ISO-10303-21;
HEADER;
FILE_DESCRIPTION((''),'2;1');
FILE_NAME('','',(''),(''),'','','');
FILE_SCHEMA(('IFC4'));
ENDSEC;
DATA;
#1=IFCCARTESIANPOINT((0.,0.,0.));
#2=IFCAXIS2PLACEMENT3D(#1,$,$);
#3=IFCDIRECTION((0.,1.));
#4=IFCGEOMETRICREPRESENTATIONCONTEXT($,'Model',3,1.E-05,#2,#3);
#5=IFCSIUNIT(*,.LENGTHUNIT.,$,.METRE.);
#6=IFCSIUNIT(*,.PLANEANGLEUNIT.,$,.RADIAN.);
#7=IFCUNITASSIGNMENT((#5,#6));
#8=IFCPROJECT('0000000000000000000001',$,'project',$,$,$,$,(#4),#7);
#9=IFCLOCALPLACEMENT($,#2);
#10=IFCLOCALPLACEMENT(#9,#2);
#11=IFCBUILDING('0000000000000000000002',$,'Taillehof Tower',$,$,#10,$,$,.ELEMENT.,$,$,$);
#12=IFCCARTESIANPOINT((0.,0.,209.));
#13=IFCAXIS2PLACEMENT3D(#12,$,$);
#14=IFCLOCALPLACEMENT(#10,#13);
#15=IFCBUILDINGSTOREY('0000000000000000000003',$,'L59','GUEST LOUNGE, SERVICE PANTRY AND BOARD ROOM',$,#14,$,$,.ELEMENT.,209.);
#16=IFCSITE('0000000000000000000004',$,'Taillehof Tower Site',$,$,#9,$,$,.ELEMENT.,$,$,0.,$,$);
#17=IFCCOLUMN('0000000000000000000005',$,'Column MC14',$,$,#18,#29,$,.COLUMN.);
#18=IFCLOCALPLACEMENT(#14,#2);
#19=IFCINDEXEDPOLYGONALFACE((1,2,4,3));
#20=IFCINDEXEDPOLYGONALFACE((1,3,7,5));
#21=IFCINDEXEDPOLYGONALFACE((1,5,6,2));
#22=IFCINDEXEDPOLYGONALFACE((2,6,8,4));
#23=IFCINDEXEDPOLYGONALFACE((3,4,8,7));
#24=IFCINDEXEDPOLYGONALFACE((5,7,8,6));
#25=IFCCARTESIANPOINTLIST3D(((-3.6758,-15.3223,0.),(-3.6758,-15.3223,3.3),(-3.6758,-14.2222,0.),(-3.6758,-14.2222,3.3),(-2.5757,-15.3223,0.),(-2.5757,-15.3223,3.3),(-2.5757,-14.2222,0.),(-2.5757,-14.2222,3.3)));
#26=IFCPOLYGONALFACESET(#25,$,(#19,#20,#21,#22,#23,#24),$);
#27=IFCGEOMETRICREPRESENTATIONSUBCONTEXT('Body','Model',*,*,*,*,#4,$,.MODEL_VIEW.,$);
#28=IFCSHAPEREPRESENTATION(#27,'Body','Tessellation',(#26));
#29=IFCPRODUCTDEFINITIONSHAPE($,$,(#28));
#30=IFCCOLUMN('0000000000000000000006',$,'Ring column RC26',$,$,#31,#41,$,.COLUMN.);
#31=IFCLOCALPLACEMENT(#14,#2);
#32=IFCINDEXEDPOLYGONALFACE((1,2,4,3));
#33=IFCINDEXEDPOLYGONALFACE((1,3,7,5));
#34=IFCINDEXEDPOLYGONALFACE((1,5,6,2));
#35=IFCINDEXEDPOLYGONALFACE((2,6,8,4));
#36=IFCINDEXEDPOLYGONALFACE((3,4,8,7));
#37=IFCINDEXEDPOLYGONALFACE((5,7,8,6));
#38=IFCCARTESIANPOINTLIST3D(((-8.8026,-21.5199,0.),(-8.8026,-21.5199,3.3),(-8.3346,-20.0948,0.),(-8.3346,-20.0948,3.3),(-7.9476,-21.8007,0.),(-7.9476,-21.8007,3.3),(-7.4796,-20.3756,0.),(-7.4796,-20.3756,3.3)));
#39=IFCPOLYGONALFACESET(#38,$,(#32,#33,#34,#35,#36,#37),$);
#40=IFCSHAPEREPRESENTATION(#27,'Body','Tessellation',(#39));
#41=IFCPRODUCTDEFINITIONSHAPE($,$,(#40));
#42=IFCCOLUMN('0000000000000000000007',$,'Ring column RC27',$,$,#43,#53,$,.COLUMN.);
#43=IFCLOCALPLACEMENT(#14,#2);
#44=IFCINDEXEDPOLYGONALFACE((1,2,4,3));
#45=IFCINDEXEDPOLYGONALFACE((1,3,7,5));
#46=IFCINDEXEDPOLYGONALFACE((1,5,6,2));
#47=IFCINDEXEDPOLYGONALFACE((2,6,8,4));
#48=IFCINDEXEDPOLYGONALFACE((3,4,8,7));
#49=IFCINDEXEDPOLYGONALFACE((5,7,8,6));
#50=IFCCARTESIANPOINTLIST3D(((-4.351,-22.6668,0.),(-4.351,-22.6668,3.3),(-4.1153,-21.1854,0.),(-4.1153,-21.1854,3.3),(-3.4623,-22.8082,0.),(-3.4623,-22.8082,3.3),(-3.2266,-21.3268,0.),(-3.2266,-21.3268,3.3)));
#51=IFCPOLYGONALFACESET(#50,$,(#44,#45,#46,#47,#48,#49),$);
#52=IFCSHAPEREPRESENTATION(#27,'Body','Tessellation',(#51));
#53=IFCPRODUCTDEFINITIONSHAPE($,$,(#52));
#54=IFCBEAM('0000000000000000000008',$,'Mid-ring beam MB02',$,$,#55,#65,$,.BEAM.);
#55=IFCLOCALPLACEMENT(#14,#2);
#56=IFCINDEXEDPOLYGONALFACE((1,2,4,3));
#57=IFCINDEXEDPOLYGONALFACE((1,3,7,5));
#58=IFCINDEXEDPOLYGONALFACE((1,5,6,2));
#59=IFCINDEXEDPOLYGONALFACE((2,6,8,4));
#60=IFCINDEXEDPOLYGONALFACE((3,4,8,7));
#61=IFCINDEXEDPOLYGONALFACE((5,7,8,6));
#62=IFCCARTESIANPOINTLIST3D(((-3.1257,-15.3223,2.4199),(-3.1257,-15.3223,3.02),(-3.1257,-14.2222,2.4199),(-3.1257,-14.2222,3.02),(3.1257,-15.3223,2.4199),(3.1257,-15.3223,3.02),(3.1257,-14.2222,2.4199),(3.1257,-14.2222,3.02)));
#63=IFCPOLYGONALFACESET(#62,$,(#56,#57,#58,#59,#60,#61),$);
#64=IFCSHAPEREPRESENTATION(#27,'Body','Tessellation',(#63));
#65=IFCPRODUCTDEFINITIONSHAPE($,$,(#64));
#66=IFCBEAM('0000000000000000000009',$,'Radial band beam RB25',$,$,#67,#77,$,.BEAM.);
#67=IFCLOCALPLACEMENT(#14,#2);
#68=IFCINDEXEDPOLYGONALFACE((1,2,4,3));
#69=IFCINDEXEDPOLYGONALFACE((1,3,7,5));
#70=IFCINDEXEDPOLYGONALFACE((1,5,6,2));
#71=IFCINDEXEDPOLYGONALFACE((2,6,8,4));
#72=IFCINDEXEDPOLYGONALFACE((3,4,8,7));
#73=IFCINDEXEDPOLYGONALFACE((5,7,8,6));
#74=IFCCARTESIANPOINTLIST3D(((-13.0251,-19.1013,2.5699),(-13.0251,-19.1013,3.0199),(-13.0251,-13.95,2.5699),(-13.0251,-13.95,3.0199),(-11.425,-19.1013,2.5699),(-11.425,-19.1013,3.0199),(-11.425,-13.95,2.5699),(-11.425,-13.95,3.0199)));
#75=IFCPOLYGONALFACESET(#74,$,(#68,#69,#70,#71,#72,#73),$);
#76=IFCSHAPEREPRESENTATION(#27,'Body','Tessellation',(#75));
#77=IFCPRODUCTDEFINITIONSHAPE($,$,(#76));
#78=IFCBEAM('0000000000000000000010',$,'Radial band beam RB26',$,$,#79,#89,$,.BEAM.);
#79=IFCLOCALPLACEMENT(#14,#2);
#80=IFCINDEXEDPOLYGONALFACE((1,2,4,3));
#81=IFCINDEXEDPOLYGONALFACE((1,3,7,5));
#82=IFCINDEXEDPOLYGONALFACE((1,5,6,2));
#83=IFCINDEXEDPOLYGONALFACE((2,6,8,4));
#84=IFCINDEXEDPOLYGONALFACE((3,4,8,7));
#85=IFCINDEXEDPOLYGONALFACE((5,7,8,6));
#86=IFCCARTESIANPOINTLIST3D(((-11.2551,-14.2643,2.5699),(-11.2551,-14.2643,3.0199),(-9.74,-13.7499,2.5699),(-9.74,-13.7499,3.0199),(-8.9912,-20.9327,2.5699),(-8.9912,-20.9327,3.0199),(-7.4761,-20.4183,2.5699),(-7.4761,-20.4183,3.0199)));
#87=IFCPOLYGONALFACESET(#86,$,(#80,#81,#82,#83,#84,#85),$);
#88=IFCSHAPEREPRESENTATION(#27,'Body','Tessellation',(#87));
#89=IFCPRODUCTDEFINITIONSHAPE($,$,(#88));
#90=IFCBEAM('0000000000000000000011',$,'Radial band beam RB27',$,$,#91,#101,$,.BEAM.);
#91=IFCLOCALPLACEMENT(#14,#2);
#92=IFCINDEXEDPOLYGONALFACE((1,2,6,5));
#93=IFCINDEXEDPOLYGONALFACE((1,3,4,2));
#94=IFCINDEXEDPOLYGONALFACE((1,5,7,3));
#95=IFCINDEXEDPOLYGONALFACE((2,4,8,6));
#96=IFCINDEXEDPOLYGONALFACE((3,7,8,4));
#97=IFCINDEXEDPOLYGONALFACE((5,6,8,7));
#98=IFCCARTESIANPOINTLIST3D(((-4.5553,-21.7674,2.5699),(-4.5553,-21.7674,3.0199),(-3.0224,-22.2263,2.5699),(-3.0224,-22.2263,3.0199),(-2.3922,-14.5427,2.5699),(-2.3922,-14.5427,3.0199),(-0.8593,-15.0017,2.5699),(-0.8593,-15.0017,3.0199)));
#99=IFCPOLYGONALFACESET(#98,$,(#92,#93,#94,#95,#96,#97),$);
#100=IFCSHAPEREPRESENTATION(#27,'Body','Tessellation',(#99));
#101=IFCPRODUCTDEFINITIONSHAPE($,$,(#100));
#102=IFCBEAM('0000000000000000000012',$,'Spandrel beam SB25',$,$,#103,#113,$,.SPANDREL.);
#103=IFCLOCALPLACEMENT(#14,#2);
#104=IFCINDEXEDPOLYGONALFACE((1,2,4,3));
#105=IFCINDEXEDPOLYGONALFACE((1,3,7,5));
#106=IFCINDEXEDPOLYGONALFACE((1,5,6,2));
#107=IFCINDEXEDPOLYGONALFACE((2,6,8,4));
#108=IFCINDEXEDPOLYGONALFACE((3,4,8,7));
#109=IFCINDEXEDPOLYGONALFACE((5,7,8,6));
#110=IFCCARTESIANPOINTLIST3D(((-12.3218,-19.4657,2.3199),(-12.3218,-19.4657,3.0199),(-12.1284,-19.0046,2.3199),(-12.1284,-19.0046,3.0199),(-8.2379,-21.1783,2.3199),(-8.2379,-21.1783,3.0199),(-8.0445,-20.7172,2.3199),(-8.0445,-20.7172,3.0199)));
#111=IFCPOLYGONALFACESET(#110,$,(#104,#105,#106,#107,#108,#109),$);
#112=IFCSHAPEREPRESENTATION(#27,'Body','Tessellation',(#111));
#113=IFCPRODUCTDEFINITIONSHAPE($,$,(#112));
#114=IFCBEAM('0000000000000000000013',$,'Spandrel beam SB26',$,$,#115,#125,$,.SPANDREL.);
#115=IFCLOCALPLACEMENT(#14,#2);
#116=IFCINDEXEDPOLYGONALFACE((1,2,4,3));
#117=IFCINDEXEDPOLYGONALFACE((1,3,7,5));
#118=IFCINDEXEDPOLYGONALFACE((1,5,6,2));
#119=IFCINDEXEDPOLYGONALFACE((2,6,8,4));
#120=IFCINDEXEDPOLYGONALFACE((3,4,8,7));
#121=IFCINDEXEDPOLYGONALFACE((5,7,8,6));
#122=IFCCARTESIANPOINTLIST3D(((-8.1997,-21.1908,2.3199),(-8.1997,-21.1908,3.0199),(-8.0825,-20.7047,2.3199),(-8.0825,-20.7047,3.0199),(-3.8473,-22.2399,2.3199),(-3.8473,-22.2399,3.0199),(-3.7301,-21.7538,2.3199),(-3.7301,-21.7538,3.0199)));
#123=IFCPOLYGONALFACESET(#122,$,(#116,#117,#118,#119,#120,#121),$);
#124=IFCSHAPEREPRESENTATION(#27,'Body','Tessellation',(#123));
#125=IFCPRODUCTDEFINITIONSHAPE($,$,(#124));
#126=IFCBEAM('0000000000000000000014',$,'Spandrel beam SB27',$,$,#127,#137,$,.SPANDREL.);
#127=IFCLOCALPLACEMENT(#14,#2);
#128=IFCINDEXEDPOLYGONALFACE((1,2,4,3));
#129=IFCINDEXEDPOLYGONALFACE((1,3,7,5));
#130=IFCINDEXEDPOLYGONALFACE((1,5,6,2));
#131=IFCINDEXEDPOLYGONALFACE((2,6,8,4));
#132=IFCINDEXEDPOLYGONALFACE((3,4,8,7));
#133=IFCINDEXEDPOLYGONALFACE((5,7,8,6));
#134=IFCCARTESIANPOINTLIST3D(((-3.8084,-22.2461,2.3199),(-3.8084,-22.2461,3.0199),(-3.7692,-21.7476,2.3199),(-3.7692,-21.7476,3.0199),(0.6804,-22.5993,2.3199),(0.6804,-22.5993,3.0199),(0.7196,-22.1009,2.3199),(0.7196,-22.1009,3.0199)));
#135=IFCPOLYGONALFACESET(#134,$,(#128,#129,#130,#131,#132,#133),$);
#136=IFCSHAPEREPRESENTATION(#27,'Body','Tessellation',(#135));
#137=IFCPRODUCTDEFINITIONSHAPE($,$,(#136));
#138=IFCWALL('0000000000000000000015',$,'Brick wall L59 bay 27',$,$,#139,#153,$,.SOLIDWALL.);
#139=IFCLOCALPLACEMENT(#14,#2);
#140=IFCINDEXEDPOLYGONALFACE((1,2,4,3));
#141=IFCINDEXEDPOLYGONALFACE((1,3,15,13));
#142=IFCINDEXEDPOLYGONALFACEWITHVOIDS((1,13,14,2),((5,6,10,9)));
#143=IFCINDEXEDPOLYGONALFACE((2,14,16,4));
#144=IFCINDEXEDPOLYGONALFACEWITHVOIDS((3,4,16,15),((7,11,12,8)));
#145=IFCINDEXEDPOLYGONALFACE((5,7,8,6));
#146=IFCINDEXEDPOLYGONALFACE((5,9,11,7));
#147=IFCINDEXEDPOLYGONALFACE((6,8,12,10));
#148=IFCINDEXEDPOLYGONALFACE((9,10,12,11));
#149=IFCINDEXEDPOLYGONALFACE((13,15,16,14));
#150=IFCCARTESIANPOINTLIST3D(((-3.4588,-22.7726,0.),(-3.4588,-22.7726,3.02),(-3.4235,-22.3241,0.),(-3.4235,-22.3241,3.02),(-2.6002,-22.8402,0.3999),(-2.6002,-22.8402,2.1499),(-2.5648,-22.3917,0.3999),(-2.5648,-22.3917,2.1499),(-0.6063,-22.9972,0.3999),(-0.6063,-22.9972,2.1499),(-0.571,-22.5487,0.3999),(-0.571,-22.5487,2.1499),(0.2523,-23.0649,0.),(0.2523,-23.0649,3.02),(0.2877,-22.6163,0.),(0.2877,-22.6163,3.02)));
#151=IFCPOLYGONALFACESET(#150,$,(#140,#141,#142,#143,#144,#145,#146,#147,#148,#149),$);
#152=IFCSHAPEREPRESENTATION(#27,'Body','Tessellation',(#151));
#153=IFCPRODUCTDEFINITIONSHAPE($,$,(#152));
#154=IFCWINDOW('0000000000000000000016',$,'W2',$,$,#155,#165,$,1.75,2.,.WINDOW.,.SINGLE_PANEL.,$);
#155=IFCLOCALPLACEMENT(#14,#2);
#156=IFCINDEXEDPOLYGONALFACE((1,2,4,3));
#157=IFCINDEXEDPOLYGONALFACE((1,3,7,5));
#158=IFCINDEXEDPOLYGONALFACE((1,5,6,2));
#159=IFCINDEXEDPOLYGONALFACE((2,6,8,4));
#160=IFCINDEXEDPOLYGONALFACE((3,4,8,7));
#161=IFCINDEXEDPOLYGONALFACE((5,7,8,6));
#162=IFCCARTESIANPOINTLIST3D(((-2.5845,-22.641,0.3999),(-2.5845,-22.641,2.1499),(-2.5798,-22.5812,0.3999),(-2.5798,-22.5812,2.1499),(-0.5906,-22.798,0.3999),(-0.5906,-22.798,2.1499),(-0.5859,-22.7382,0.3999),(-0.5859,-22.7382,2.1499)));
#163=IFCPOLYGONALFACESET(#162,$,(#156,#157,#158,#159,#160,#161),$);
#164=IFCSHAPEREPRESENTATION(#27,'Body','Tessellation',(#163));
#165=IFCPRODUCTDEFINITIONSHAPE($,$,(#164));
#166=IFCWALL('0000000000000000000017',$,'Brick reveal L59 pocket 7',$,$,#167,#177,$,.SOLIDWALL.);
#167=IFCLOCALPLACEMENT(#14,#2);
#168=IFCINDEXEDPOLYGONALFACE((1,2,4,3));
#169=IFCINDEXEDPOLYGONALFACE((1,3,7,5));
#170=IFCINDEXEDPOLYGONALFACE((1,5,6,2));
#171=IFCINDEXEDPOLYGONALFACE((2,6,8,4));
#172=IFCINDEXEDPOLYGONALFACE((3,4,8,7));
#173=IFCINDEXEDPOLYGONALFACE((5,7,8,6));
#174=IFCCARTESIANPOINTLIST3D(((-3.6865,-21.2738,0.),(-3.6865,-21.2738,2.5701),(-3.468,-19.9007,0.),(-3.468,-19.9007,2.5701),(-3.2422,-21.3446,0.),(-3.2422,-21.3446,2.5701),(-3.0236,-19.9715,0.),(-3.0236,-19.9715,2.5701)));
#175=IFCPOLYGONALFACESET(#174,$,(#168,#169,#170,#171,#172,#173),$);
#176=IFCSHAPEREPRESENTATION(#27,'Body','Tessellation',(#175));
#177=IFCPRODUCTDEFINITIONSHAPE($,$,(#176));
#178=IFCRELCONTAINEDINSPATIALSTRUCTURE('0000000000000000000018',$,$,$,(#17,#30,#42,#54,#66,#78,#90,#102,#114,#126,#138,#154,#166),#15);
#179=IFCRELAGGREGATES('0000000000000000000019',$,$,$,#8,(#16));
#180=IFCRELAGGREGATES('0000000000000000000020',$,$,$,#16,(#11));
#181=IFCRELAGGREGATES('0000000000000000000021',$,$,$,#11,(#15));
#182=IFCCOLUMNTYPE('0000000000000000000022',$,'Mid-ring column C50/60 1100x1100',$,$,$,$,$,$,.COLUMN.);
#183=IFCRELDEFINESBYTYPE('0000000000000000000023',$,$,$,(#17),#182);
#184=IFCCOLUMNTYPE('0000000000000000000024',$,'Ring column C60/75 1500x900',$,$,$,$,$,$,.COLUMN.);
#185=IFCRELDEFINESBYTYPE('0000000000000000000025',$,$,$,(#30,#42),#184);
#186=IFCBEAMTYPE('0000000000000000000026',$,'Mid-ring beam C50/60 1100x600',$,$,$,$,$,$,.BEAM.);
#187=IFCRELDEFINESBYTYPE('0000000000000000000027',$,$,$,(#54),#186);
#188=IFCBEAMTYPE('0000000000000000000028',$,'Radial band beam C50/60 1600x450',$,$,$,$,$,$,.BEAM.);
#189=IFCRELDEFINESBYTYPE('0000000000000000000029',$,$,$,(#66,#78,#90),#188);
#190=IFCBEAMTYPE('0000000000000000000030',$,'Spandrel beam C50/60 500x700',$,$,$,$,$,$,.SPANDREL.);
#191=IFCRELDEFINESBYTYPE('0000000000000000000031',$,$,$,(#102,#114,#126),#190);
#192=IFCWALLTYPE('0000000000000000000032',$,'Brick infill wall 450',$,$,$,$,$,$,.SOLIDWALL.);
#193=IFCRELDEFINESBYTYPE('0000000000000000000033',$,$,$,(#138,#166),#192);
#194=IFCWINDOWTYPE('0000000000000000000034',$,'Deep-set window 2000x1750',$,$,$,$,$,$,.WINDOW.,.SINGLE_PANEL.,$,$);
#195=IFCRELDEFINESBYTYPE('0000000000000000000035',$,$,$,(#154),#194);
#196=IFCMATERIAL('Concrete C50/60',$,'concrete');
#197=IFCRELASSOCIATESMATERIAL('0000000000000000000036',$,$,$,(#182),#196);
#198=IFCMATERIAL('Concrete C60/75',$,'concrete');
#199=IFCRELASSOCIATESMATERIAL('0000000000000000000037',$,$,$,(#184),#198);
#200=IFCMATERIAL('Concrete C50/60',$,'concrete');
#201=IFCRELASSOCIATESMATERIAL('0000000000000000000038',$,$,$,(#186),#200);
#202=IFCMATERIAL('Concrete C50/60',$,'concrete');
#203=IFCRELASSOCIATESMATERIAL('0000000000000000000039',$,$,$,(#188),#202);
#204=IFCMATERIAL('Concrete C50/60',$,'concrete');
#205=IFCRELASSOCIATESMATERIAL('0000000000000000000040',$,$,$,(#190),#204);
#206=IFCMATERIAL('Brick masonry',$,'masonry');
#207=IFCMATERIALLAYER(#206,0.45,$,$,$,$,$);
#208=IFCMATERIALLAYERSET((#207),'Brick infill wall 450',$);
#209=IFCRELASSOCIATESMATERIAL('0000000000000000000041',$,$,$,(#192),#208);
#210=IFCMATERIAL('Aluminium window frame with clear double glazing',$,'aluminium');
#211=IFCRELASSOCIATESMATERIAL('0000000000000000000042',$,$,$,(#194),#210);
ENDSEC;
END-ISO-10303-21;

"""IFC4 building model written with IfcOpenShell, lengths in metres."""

from ifc_helpers import new_model, si_unit, direction, frame, frame_2d, origin, origin_2d, place, context, subcontext, project, spatial, rectangle, extrude, material, layer, layer_set, material_profile, profile_set, type_object, element, fill, save


model = new_model("IFC4")

# Units and contexts
model_context = context("Model", 3, precision=1e-05, world=origin(), true_north=direction((0.0, 1.0)))
body_context = subcontext(model_context, "Body", "Model", "MODEL_VIEW")
ifc_project = project(units=[si_unit("LENGTHUNIT", "METRE"), si_unit("PLANEANGLEUNIT", "RADIAN")], contexts=[model_context])

# Site, building, storey
site_placement = place(None, origin())
site = spatial("IfcSite", under=ifc_project, at=site_placement, Name="Taillehof Tower Site", CompositionType="ELEMENT", RefElevation=0.0)
building_placement = place(site_placement, origin())
building = spatial("IfcBuilding", under=site, at=building_placement, Name="Taillehof Tower", CompositionType="ELEMENT")
storey_placement = place(building_placement, frame((0.0, 0.0, 209.0)))
storey = spatial("IfcBuildingStorey", under=building, at=storey_placement, Name="L59", Description="GUEST LOUNGE, SERVICE PANTRY AND BOARD ROOM", CompositionType="ELEMENT", Elevation=209.0)

# Columns
ifc_material_1 = material(Name="Concrete C50/60", Category="concrete")
ifc_material_profile_1 = material_profile(ifc_material_1, rectangle(XDim=1.1001, YDim=1.1001, at=origin_2d()), Name="RC 1100x1100")
ifc_profile_set_1 = profile_set([ifc_material_profile_1], Name="Concrete C50/60")
column_type_1 = type_object("IfcColumnType", Name="Mid-ring column C50/60 1100x1100", PredefinedType="COLUMN", material=ifc_profile_set_1)
column_placement = place(storey_placement, frame((-3.1257, -14.7722, 0.0), z_axis=(0.0, 0.0, 1.0), x_axis=(1.0, 0.0, 0.0)))
element("IfcColumn", 1, at=column_placement, inside=storey, type_object=column_type_1, Name="Column MC14", PredefinedType="COLUMN", context=body_context, shape_type="SweptSolid", body=[
    extrude(rectangle(XDim=1.1001, YDim=1.1001, at=origin_2d()), origin(), (0.0, 0.0, 1.0), 3.3),
])
ifc_material_2 = material(Name="Concrete C60/75", Category="concrete")
ifc_material_profile_2 = material_profile(ifc_material_2, rectangle(XDim=1.5, YDim=0.8999, at=origin_2d()), Name="RC 1500x900")
ifc_profile_set_2 = profile_set([ifc_material_profile_2], Name="Concrete C60/75")
column_type_2 = type_object("IfcColumnType", Name="Ring column C60/75 1500x900", PredefinedType="COLUMN", material=ifc_profile_set_2)
for number, where, z_axis, x_axis, name in (
    (2, (-8.1411, -20.9478, 0.0), (0.0, 0.0, 1.0), (-0.312001, -0.950082, 0.0), "Ring column RC26"),
    (3, (-3.7888, -21.9968, 0.0), (0.0, 0.0, 1.0), (-0.157116, -0.98758, 0.0), "Ring column RC27"),
):
    element("IfcColumn", number, at=place(storey_placement, frame(where, z_axis=z_axis, x_axis=x_axis)), inside=storey, type_object=column_type_2, Name=name, PredefinedType="COLUMN", context=body_context, shape_type="SweptSolid", body=[
        extrude(rectangle(XDim=1.5, YDim=0.8999, at=origin_2d()), origin(), (0.0, 0.0, 1.0), 3.3),
    ])

# Beams
ifc_material_3 = material(Name="Concrete C50/60", Category="concrete")
ifc_material_profile_3 = material_profile(ifc_material_3, rectangle(XDim=1.1001, YDim=0.6001, at=origin_2d()), Name="RC 1100x600")
ifc_profile_set_3 = profile_set([ifc_material_profile_3], Name="Concrete C50/60")
beam_type_1 = type_object("IfcBeamType", Name="Mid-ring beam C50/60 1100x600", PredefinedType="BEAM", material=ifc_profile_set_3)
beam_1_placement = place(storey_placement, frame((-3.1257, -14.7722, 2.72), z_axis=(1.0, 0.0, 0.0), x_axis=(0.0, 1.0, 0.0)))
element("IfcBeam", 4, at=beam_1_placement, inside=storey, type_object=beam_type_1, Name="Mid-ring beam MB02", PredefinedType="BEAM", context=body_context, shape_type="SweptSolid", body=[
    extrude(rectangle(XDim=1.1001, YDim=0.6001, at=origin_2d()), origin(), (0.0, 0.0, 1.0), 6.2515),
])
ifc_material_4 = material(Name="Concrete C50/60", Category="concrete")
ifc_material_profile_4 = material_profile(ifc_material_4, rectangle(XDim=1.6001, YDim=0.45, at=origin_2d()), Name="RC 1600x450")
ifc_profile_set_4 = profile_set([ifc_material_profile_4], Name="Concrete C50/60")
beam_type_2 = type_object("IfcBeamType", Name="Radial band beam C50/60 1600x450", PredefinedType="BEAM", material=ifc_profile_set_4)
beam_2_placement = place(storey_placement, frame((-12.2251, -19.1013, 2.7949), z_axis=(0.0, 1.0, 0.0), x_axis=(-1.0, 0.0, 0.0)))
element("IfcBeam", 5, at=beam_2_placement, inside=storey, type_object=beam_type_2, Name="Radial band beam RB25", PredefinedType="BEAM", context=body_context, shape_type="SweptSolid", body=[
    extrude(rectangle(XDim=1.6001, YDim=0.45, at=origin_2d()), origin(), (0.0, 0.0, 1.0), 5.1514),
])
beam_3_placement = place(storey_placement, frame((-8.2336, -20.6755, 2.7949), z_axis=(-0.321475, 0.946918, 0.0), x_axis=(-0.946918, -0.321475, 0.0)))
element("IfcBeam", 6, at=beam_3_placement, inside=storey, type_object=beam_type_2, Name="Radial band beam RB26", PredefinedType="BEAM", context=body_context, shape_type="SweptSolid", body=[
    extrude(rectangle(XDim=1.6001, YDim=0.45, at=origin_2d()), origin(), (0.0, 0.0, 1.0), 7.0422),
])
beam_4_placement = place(storey_placement, frame((-3.7888, -21.9968, 2.7949), z_axis=(0.286825, 0.957983, 0.0), x_axis=(-0.957983, 0.286825, 0.0)))
element("IfcBeam", 7, at=beam_4_placement, inside=storey, type_object=beam_type_2, Name="Radial band beam RB27", PredefinedType="BEAM", context=body_context, shape_type="SweptSolid", body=[
    extrude(rectangle(XDim=1.6001, YDim=0.45, at=origin_2d()), origin(), (0.0, 0.0, 1.0), 7.5415),
])
ifc_material_5 = material(Name="Concrete C50/60", Category="concrete")
ifc_material_profile_5 = material_profile(ifc_material_5, rectangle(XDim=0.5, YDim=0.7, at=origin_2d()), Name="RC 500x700")
ifc_profile_set_5 = profile_set([ifc_material_profile_5], Name="Concrete C50/60")
beam_type_3 = type_object("IfcBeamType", Name="Spandrel beam C50/60 500x700", PredefinedType="SPANDREL", material=ifc_profile_set_5)
beam_5_placement = place(storey_placement, frame((-12.2251, -19.2351, 2.6699), z_axis=(0.922194, -0.386728, 0.0), x_axis=(0.386728, 0.922194, 0.0)))
element("IfcBeam", 8, at=beam_5_placement, inside=storey, type_object=beam_type_3, Name="Spandrel beam SB25", PredefinedType="SPANDREL", context=body_context, shape_type="SweptSolid", body=[
    extrude(rectangle(XDim=0.5, YDim=0.7, at=origin_2d()), origin(), (0.0, 0.0, 1.0), 4.4285),
])
beam_6_placement = place(storey_placement, frame((-8.1411, -20.9478, 2.6699), z_axis=(0.972158, -0.234328, 0.0), x_axis=(0.234328, 0.972158, 0.0)))
element("IfcBeam", 9, at=beam_6_placement, inside=storey, type_object=beam_type_3, Name="Spandrel beam SB26", PredefinedType="SPANDREL", context=body_context, shape_type="SweptSolid", body=[
    extrude(rectangle(XDim=0.5, YDim=0.7, at=origin_2d()), origin(), (0.0, 0.0, 1.0), 4.4771),
])
beam_7_placement = place(storey_placement, frame((-3.7888, -21.9968, 2.6699), z_axis=(0.996917, -0.078459, 0.0), x_axis=(0.078459, 0.996917, 0.0)))
element("IfcBeam", 10, at=beam_7_placement, inside=storey, type_object=beam_type_3, Name="Spandrel beam SB27", PredefinedType="SPANDREL", context=body_context, shape_type="SweptSolid", body=[
    extrude(rectangle(XDim=0.5, YDim=0.7, at=origin_2d()), origin(), (0.0, 0.0, 1.0), 4.5027),
])

# Wall, opening, window
ifc_material_6 = material(Name="Brick masonry", Category="masonry")
ifc_layer_1 = layer(ifc_material_6, 0.45)
ifc_layer_set_1 = layer_set([ifc_layer_1], Name="Brick infill wall 450")
wall_type_1 = type_object("IfcWallType", Name="Brick infill wall 450", PredefinedType="SOLIDWALL", material=ifc_layer_set_1)
wall_1_placement = place(storey_placement, frame((-3.4412, -22.5483, 0.0), z_axis=(0.0, 0.0, 1.0), x_axis=(0.996914, -0.078502, 0.0)))
wall_1 = element("IfcWall", 11, at=wall_1_placement, inside=storey, type_object=wall_type_1, Name="Brick wall L59 bay 27", PredefinedType="SOLIDWALL", context=body_context, shape_type="SweptSolid", body=[
    extrude(rectangle(XDim=3.7227, YDim=0.45, at=frame_2d((1.8613, 0.0))), origin(), (0.0, 0.0, 1.0), 3.02),
])
opening_1_placement = place(wall_1_placement, frame((0.8613, 0.0, 0.3999)))
opening_1 = element("IfcOpeningElement", 12, at=opening_1_placement, cuts=wall_1, PredefinedType="OPENING", context=body_context, shape_type="SweptSolid", body=[
    extrude(rectangle(XDim=2.0, YDim=1.75, at=frame_2d((1.0, 0.875))), frame((0.0, 0.2349, 0.0), z_axis=(0.0, -1.0, 0.0), x_axis=(1.0, 0.0, 0.0)), (0.0, 0.0, 1.0), 0.47),
])
ifc_material_7 = material(Name="Aluminium window frame with clear double glazing", Category="aluminium")
window_type_1 = type_object("IfcWindowType", Name="Deep-set window 2000x1750", PartitioningType="SINGLE_PANEL", PredefinedType="WINDOW", material=ifc_material_7)
window_1_placement = place(opening_1_placement, origin())
window_1 = element("IfcWindow", 13, at=window_1_placement, inside=storey, type_object=window_type_1, Name="W2", OverallHeight=1.75, OverallWidth=2.0, PartitioningType="SINGLE_PANEL", PredefinedType="WINDOW", context=body_context, shape_type="SweptSolid", body=[
    extrude(rectangle(XDim=2.0, YDim=1.75, at=frame_2d((1.0, 0.875))), frame((0.0, 0.0349, 0.0), z_axis=(0.0, -1.0, 0.0), x_axis=(1.0, 0.0, 0.0)), (0.0, 0.0, 1.0), 0.0601),
])
fill(opening_1, window_1)

# Wall
wall_2_placement = place(storey_placement, frame((-3.4644, -21.3093, 0.0), z_axis=(0.0, 0.0, 1.0), x_axis=(0.157162, 0.987573, 0.0)))
element("IfcWall", 14, at=wall_2_placement, inside=storey, type_object=wall_type_1, Name="Brick reveal L59 pocket 7", PredefinedType="SOLIDWALL", context=body_context, shape_type="SweptSolid", body=[
    extrude(rectangle(XDim=1.3904, YDim=0.45, at=frame_2d((0.6953, 0.0))), origin(), (0.0, 0.0, 1.0), 2.5701),
])

save(model, "model.ifc")
